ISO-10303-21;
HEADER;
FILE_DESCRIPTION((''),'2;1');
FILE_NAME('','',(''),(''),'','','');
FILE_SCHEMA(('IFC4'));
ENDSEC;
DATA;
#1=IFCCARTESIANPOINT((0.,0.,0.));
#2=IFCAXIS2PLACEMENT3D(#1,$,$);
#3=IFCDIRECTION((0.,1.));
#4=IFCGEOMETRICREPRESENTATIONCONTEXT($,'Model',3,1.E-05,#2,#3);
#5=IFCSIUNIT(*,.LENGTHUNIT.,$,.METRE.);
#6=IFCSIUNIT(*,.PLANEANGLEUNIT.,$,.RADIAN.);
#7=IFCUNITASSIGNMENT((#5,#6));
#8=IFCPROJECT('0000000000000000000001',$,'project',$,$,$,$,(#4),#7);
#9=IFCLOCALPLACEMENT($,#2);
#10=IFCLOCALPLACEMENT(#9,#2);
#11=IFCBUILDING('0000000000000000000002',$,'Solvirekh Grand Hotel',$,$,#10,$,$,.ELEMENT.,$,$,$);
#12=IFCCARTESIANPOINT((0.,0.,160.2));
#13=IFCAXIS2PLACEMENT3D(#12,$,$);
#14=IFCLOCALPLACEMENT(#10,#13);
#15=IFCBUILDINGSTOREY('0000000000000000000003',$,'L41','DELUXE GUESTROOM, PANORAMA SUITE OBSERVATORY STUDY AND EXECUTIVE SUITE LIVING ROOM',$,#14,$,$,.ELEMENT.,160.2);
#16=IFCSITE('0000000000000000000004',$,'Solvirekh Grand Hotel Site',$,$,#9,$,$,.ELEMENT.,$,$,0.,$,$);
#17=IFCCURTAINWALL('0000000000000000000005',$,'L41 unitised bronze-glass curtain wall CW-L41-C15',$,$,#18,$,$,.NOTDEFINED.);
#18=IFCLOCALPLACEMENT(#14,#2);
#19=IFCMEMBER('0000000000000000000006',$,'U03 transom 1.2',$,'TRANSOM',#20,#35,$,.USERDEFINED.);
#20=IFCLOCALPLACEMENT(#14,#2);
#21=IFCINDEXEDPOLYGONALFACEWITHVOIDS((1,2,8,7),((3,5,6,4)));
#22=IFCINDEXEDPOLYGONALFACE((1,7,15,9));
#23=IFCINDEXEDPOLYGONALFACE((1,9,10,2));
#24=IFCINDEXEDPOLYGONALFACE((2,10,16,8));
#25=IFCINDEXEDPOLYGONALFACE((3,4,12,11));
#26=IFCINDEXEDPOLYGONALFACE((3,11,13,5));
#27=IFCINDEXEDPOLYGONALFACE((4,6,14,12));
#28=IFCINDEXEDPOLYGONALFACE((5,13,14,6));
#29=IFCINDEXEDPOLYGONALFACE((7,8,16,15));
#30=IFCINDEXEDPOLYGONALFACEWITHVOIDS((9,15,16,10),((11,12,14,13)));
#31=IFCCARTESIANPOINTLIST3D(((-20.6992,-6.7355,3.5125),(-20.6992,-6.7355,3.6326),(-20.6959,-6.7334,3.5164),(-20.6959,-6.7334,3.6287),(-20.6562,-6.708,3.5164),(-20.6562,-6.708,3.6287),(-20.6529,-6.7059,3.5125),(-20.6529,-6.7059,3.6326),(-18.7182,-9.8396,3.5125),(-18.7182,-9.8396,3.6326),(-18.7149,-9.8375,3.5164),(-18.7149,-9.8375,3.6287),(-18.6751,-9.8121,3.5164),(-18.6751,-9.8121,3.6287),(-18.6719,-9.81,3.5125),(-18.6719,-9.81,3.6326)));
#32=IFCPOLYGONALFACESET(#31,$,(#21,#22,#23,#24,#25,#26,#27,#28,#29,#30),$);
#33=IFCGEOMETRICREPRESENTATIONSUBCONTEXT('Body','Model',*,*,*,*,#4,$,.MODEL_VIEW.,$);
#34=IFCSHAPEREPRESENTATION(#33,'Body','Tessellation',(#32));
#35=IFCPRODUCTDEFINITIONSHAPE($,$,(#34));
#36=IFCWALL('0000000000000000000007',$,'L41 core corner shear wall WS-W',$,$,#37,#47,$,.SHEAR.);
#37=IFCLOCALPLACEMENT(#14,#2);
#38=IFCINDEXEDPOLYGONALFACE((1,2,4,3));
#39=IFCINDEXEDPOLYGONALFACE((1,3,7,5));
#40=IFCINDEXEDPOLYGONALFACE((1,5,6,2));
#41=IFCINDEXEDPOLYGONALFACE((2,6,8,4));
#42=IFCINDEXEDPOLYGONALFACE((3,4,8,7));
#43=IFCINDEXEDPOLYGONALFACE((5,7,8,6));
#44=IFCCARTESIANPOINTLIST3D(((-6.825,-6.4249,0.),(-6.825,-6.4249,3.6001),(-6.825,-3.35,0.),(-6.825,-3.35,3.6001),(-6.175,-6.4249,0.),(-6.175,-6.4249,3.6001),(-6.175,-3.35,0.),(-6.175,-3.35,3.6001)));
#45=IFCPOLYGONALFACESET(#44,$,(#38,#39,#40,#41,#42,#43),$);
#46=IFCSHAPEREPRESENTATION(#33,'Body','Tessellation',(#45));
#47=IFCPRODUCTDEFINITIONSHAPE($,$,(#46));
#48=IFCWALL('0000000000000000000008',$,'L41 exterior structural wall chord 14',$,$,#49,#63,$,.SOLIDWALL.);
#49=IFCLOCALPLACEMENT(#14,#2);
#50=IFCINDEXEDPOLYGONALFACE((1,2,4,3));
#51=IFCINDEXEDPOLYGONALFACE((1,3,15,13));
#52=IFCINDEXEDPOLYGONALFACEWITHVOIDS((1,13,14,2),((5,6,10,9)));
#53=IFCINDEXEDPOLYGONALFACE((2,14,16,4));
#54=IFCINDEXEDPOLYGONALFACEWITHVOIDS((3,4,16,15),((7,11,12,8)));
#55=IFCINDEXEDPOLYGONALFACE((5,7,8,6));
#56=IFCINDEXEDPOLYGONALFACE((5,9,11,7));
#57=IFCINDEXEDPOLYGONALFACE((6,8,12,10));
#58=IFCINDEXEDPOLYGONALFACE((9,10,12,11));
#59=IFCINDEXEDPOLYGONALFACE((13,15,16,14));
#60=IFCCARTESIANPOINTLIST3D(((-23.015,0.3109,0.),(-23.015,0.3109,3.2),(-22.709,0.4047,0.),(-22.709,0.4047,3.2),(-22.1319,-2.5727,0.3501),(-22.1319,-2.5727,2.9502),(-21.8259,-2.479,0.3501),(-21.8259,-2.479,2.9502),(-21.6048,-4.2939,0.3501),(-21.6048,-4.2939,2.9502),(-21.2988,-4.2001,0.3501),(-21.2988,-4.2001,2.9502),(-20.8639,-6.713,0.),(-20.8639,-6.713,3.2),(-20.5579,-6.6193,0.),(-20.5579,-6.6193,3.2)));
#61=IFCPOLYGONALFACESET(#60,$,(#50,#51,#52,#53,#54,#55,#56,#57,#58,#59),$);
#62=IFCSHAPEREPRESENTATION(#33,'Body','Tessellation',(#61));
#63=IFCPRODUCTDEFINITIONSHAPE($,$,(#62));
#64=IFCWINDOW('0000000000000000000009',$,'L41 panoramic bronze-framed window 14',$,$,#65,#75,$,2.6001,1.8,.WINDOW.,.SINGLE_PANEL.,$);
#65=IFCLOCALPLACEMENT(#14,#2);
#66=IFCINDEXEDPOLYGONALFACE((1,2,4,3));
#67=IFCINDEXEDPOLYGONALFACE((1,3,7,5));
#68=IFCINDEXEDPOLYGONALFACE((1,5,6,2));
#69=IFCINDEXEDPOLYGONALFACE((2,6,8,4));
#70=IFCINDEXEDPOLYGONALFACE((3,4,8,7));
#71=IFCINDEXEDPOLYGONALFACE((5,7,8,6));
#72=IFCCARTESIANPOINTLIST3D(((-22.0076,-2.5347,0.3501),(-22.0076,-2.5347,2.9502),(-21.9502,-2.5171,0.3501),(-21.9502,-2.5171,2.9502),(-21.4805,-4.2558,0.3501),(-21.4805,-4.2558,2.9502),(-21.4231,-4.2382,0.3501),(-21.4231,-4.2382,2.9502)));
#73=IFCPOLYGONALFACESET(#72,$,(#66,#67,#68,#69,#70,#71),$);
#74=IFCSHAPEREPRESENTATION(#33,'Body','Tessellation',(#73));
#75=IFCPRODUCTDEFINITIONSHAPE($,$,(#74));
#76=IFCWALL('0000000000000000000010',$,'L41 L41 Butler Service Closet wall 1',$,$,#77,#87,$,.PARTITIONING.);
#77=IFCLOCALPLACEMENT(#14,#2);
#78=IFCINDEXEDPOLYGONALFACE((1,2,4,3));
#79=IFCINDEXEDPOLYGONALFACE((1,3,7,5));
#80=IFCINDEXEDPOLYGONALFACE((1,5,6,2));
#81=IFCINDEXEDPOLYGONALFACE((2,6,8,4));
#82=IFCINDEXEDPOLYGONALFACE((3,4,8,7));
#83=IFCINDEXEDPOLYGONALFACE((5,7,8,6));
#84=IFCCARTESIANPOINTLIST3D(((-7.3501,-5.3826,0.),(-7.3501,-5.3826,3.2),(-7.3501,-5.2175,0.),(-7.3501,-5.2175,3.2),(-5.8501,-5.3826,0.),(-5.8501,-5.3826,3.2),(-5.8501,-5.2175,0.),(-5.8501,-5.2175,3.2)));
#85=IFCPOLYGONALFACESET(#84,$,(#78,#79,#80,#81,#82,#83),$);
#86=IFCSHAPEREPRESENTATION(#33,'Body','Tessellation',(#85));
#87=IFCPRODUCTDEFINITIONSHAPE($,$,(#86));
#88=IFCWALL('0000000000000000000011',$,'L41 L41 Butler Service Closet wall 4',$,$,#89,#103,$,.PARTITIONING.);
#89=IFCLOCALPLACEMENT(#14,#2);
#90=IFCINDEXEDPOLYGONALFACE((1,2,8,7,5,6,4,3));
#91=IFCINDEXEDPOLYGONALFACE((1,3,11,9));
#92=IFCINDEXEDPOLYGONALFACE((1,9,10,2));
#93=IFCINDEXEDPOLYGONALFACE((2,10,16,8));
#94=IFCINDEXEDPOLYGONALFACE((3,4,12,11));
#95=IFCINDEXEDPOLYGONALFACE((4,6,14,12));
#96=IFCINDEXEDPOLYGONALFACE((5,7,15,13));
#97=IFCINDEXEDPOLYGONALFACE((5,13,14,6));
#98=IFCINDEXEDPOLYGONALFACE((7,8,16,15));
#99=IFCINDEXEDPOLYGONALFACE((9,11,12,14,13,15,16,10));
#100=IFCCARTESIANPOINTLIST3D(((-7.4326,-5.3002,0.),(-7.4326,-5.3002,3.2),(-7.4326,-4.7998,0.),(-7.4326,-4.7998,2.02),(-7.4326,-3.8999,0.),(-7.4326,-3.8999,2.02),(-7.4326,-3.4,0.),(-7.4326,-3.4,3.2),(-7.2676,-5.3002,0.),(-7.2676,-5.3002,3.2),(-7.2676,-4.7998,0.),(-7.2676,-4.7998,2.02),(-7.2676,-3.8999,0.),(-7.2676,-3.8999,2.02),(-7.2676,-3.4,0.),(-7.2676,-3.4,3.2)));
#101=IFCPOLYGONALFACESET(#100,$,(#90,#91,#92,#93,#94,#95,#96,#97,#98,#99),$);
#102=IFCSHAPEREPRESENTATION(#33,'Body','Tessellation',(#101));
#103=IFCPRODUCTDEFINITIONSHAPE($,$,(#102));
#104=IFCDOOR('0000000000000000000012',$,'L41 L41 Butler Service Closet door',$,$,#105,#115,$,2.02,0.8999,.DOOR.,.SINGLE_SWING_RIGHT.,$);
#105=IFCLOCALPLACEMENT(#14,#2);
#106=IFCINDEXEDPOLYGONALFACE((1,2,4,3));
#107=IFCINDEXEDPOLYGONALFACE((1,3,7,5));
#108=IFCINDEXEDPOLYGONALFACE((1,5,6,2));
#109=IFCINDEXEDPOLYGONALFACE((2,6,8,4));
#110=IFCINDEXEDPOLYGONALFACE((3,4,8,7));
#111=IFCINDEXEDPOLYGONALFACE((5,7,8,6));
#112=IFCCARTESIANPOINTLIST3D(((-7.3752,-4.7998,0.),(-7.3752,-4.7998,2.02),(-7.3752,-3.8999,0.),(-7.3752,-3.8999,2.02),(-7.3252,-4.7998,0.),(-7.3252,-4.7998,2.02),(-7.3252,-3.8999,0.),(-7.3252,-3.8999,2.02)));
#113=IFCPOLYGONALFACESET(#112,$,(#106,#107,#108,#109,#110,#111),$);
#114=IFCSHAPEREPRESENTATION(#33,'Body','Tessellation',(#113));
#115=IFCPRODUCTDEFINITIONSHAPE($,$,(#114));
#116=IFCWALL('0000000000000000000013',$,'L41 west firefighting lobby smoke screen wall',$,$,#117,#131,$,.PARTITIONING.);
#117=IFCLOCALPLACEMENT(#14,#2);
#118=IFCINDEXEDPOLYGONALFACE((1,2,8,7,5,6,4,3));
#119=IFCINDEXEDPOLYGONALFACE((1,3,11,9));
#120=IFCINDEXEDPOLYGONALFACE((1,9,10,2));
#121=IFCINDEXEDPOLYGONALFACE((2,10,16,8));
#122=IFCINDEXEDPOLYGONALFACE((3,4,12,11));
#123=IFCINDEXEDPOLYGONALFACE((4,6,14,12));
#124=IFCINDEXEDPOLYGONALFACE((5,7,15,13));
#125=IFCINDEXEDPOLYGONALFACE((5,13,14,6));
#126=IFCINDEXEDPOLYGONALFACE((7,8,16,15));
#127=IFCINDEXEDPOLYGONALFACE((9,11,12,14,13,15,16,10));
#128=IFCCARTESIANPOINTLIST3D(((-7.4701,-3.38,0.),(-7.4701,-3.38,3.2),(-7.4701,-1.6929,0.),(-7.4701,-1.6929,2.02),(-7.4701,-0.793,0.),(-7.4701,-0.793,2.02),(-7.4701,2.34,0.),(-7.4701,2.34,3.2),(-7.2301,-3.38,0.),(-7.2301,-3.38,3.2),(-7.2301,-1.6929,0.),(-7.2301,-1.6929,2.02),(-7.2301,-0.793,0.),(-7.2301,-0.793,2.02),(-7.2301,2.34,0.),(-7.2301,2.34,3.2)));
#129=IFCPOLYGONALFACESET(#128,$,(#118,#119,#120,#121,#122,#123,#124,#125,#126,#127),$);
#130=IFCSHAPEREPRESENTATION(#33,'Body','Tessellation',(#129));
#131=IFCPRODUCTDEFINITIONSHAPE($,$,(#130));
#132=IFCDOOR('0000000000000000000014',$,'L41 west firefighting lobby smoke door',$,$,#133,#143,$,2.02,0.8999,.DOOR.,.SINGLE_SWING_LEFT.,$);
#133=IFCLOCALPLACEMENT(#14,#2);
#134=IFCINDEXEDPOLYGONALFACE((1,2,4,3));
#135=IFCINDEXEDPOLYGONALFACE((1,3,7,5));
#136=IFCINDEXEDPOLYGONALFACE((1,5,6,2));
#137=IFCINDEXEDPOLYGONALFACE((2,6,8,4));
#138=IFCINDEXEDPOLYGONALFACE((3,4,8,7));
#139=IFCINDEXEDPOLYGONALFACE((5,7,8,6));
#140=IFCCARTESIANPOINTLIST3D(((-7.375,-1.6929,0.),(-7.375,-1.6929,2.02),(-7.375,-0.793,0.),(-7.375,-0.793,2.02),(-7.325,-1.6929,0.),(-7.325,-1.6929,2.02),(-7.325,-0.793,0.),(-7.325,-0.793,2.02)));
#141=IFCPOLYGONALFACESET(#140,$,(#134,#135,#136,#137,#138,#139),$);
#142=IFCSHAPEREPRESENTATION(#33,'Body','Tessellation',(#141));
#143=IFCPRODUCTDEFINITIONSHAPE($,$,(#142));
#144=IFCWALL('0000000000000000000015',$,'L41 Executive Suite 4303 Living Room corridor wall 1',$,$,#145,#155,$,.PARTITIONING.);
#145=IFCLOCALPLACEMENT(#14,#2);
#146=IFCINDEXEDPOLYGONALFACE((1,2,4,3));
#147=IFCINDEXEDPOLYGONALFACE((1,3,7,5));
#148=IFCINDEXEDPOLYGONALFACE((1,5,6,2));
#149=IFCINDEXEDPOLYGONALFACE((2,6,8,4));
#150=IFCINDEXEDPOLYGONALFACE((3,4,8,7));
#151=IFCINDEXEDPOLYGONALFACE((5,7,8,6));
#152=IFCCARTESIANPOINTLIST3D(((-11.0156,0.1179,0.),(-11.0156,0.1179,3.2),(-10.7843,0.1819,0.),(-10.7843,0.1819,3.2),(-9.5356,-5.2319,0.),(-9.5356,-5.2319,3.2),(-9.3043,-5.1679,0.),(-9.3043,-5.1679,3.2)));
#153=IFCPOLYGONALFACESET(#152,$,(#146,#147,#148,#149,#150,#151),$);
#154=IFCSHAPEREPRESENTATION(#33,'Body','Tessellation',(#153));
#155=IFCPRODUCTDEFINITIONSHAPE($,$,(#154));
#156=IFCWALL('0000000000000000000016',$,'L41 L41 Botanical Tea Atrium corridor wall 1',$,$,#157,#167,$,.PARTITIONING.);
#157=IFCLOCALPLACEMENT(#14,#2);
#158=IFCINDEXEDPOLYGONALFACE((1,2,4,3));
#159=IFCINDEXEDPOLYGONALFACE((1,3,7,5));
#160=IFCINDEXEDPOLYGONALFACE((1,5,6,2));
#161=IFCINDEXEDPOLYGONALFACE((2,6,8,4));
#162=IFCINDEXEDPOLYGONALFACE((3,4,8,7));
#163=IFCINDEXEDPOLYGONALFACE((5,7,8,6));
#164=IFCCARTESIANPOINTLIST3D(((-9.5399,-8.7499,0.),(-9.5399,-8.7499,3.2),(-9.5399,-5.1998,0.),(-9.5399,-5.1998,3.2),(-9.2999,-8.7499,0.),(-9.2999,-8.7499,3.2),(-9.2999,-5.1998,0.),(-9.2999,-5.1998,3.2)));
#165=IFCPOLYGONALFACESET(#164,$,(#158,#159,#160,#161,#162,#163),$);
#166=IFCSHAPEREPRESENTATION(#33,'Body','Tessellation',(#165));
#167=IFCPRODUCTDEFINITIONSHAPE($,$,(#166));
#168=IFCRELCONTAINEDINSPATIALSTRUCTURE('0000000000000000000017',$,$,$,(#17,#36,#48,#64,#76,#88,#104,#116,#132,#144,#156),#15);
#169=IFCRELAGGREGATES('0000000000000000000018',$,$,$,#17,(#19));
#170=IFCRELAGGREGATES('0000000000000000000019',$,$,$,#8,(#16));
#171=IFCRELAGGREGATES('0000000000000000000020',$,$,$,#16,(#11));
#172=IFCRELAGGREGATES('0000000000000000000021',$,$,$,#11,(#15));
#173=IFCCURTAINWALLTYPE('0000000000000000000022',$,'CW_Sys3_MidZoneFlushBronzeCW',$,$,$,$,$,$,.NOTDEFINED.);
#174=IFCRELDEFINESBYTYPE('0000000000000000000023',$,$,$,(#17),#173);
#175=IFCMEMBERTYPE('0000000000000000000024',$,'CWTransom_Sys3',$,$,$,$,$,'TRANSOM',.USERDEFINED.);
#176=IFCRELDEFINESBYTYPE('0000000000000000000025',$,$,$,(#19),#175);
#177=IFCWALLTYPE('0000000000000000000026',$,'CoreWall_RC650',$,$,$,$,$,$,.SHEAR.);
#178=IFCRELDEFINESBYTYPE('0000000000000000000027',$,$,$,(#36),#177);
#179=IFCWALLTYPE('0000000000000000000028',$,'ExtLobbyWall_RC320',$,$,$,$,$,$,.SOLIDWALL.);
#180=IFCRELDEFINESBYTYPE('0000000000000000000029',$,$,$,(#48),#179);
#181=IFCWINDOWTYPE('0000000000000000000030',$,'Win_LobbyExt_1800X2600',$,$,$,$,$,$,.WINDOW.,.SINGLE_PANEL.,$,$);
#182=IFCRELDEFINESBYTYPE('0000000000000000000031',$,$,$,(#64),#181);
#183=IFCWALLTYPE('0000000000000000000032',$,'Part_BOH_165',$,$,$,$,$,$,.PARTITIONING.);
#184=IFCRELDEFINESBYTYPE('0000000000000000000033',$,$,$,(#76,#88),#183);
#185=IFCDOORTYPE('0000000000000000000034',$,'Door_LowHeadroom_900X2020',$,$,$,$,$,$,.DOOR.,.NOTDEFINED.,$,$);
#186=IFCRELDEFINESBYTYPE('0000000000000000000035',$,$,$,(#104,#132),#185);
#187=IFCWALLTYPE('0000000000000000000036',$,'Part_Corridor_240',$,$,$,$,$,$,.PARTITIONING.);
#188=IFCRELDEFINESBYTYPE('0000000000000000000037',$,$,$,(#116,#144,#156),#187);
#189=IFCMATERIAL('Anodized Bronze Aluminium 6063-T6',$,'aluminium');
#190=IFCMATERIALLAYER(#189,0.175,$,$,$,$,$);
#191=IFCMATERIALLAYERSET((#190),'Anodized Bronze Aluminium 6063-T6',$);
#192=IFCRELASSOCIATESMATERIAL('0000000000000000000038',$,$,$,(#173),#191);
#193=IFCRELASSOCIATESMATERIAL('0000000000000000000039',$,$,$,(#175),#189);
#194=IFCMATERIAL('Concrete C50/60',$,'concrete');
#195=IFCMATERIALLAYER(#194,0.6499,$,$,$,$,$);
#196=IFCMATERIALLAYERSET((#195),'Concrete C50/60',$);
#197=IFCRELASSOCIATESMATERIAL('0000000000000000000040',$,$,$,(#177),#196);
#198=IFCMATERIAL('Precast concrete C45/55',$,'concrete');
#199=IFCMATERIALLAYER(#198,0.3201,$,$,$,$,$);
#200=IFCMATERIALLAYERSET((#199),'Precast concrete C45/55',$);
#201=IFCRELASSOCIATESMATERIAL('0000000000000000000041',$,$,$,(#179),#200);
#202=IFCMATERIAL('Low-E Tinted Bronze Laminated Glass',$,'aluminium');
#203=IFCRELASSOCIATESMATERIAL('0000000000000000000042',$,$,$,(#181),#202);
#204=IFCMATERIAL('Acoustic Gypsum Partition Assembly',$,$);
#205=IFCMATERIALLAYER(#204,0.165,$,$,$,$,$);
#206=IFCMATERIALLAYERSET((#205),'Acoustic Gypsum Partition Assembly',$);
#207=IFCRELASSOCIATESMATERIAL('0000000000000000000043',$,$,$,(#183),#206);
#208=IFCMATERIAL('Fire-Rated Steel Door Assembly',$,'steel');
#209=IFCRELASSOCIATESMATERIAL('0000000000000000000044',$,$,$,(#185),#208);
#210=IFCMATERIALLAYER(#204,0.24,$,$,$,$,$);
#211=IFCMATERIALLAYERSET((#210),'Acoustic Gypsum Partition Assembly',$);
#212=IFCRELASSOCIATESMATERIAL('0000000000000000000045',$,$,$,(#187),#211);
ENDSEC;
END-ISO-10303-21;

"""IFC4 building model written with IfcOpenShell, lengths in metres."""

from ifc_helpers import new_model, si_unit, direction, frame, frame_2d, origin, origin_2d, place, context, subcontext, project, spatial, rectangle, hollow_rectangle, extrude, source, transform, mapped, material, layer, layer_set, material_profile, profile_set, type_object, element, fill, aggregate, save


model = new_model("IFC4")

# Units and contexts
model_context = context("Model", 3, precision=1e-05, world=origin(), true_north=direction((0.0, 1.0)))
body_context = subcontext(model_context, "Body", "Model", "MODEL_VIEW")
ifc_project = project(units=[si_unit("LENGTHUNIT", "METRE"), si_unit("PLANEANGLEUNIT", "RADIAN")], contexts=[model_context])

# Site, building, storey
site_placement = place(None, origin())
site = spatial("IfcSite", under=ifc_project, at=site_placement, Name="Solvirekh Grand Hotel Site", CompositionType="ELEMENT", RefElevation=0.0)
building_placement = place(site_placement, origin())
building = spatial("IfcBuilding", under=site, at=building_placement, Name="Solvirekh Grand Hotel", CompositionType="ELEMENT")
storey_placement = place(building_placement, frame((0.0, 0.0, 160.2)))
storey = spatial("IfcBuildingStorey", under=building, at=storey_placement, Name="L41", Description="DELUXE GUESTROOM, PANORAMA SUITE OBSERVATORY STUDY AND EXECUTIVE SUITE LIVING ROOM", CompositionType="ELEMENT", Elevation=160.2)

# Shared definitions
ifc_material_1 = material(Name="Concrete C50/60", Category="concrete")

# Shared definitions
ifc_material_2 = material(Name="Anodized Bronze Aluminium 6063-T6", Category="aluminium")
ifc_layer_1 = layer(ifc_material_2, 0.175)
ifc_layer_set_1 = layer_set([ifc_layer_1], Name="Anodized Bronze Aluminium 6063-T6")
curtain_wall_type = type_object("IfcCurtainWallType", Name="CW_Sys3_MidZoneFlushBronzeCW", PredefinedType="NOTDEFINED", material=ifc_layer_set_1)

# Curtain wall, member
curtain_wall_1_placement = place(storey_placement, origin())
curtain_wall_1 = element("IfcCurtainWall", 1, at=curtain_wall_1_placement, inside=storey, type_object=curtain_wall_type, Name="L41 unitised bronze-glass curtain wall CW-L41-C15", PredefinedType="NOTDEFINED")
ifc_material_profile_1 = material_profile(ifc_material_2, hollow_rectangle(XDim=0.0549, YDim=0.1201, WallThickness=0.0039, at=origin_2d()), Name="ALU RHS 120X55X4")
ifc_profile_set_1 = profile_set([ifc_material_profile_1], Name="Anodized Bronze Aluminium 6063-T6")
member_type_1 = type_object("IfcMemberType", Name="CWTransom_Sys3", ElementType="TRANSOM", PredefinedType="USERDEFINED", material=ifc_profile_set_1)
shared_shape_1 = source(origin(), body_context, "Body", "SweptSolid", [
    extrude(hollow_rectangle(XDim=0.0549, YDim=0.1201, WallThickness=0.0039, at=origin_2d()), origin(), (0.0, 0.0, 1.0), 3.6824),
])
member_1_placement = place(storey_placement, frame((-20.676, -6.7207, 3.5725), z_axis=(0.537973, -0.842962, 0.0), x_axis=(0.842962, 0.537973, 0.0)))
member_1 = element("IfcMember", 2, at=member_1_placement, type_object=member_type_1, Name="U03 transom 1.2", ObjectType="TRANSOM", PredefinedType="USERDEFINED", context=body_context, shape_type="MappedRepresentation", body=[
    mapped(shared_shape_1, transform((0.0, 0.0, 0.0), x_axis=(1.0, 0.0, 0.0), y_axis=(0.0, 1.0, 0.0), z_axis=(0.0, 0.0, 1.0), scale=1.0)),
])
aggregate(curtain_wall_1, [member_1])

# Wall
ifc_layer_2 = layer(ifc_material_1, 0.6499)
ifc_layer_set_2 = layer_set([ifc_layer_2], Name="Concrete C50/60")
wall_type_1 = type_object("IfcWallType", Name="CoreWall_RC650", PredefinedType="SHEAR", material=ifc_layer_set_2)
wall_1_placement = place(storey_placement, frame((-6.5, -6.425, 0.0), z_axis=(0.0, 0.0, 1.0), x_axis=(0.0, 1.0, 0.0)))
element("IfcWall", 3, at=wall_1_placement, inside=storey, type_object=wall_type_1, Name="L41 core corner shear wall WS-W", PredefinedType="SHEAR", context=body_context, shape_type="SweptSolid", body=[
    extrude(rectangle(XDim=3.075, YDim=0.6499, at=frame_2d((1.5376, 0.0))), origin(), (0.0, 0.0, 1.0), 3.6001),
])

# Wall, opening, window
ifc_material_3 = material(Name="Precast concrete C45/55", Category="concrete")
ifc_layer_3 = layer(ifc_material_3, 0.3201)
ifc_layer_set_3 = layer_set([ifc_layer_3], Name="Precast concrete C45/55")
wall_type_2 = type_object("IfcWallType", Name="ExtLobbyWall_RC320", PredefinedType="SOLIDWALL", material=ifc_layer_set_3)
wall_2_placement = place(storey_placement, frame((-20.7109, -6.666, 0.0), z_axis=(0.0, 0.0, 1.0), x_axis=(-0.292831, 0.956164, 0.0)))
wall_2 = element("IfcWall", 4, at=wall_2_placement, inside=storey, type_object=wall_type_2, Name="L41 exterior structural wall chord 14", PredefinedType="SOLIDWALL", context=body_context, shape_type="SweptSolid", body=[
    extrude(rectangle(XDim=7.3459, YDim=0.3201, at=frame_2d((3.6729, 0.0))), origin(), (0.0, 0.0, 1.0), 3.2),
])
opening_1_placement = place(wall_2_placement, frame((2.53, 0.0, 0.3501)))
opening_1 = element("IfcOpeningElement", 5, at=opening_1_placement, cuts=wall_2, PredefinedType="OPENING", context=body_context, shape_type="SweptSolid", body=[
    extrude(rectangle(XDim=1.8, YDim=2.6001, at=frame_2d((0.8999, 1.3))), frame((0.0, 0.1699, 0.0), z_axis=(0.0, -1.0, 0.0), x_axis=(1.0, 0.0, 0.0)), (0.0, 0.0, 1.0), 0.3401),
])
ifc_material_4 = material(Name="Low-E Tinted Bronze Laminated Glass", Category="aluminium")
window_type = type_object("IfcWindowType", Name="Win_LobbyExt_1800X2600", PartitioningType="SINGLE_PANEL", PredefinedType="WINDOW", material=ifc_material_4)
window_placement = place(opening_1_placement, origin())
window = element("IfcWindow", 6, at=window_placement, inside=storey, type_object=window_type, Name="L41 panoramic bronze-framed window 14", OverallHeight=2.6001, OverallWidth=1.8, PartitioningType="SINGLE_PANEL", PredefinedType="WINDOW", context=body_context, shape_type="SweptSolid", body=[
    extrude(rectangle(XDim=1.8, YDim=2.6001, at=frame_2d((0.8999, 1.3))), frame((0.0, 0.03, 0.0), z_axis=(0.0, -1.0, 0.0), x_axis=(1.0, 0.0, 0.0)), (0.0, 0.0, 1.0), 0.0601),
])
fill(opening_1, window)

# Wall
ifc_material_5 = material(Name="Acoustic Gypsum Partition Assembly")
ifc_layer_4 = layer(ifc_material_5, 0.165)
ifc_layer_set_4 = layer_set([ifc_layer_4], Name="Acoustic Gypsum Partition Assembly")
wall_type_3 = type_object("IfcWallType", Name="Part_BOH_165", PredefinedType="PARTITIONING", material=ifc_layer_set_4)
wall_3_placement = place(storey_placement, frame((-7.3501, -5.3, 0.0), z_axis=(0.0, 0.0, 1.0), x_axis=(1.0, 0.0, 0.0)))
element("IfcWall", 7, at=wall_3_placement, inside=storey, type_object=wall_type_3, Name="L41 L41 Butler Service Closet wall 1", PredefinedType="PARTITIONING", context=body_context, shape_type="SweptSolid", body=[
    extrude(rectangle(XDim=1.5, YDim=0.165, at=frame_2d((0.75, 0.0))), origin(), (0.0, 0.0, 1.0), 3.2),
])

# Walls, openings, doors
wall_4_placement = place(storey_placement, frame((-7.3501, -3.3999, 0.0), z_axis=(0.0, 0.0, 1.0), x_axis=(0.0, -1.0, 0.0)))
wall_4 = element("IfcWall", 8, at=wall_4_placement, inside=storey, type_object=wall_type_3, Name="L41 L41 Butler Service Closet wall 4", PredefinedType="PARTITIONING", context=body_context, shape_type="SweptSolid", body=[
    extrude(rectangle(XDim=1.9001, YDim=0.165, at=frame_2d((0.9502, 0.0))), origin(), (0.0, 0.0, 1.0), 3.2),
])
opening_2_placement = place(wall_4_placement, frame((0.5, 0.0, 0.0)))
opening_2 = element("IfcOpeningElement", 9, at=opening_2_placement, cuts=wall_4, PredefinedType="OPENING", context=body_context, shape_type="SweptSolid", body=[
    extrude(rectangle(XDim=0.8999, YDim=2.02, at=frame_2d((0.45, 1.01))), frame((0.0, 0.0925, 0.0), z_axis=(0.0, -1.0, 0.0), x_axis=(1.0, 0.0, 0.0)), (0.0, 0.0, 1.0), 0.1851),
])
ifc_material_6 = material(Name="Fire-Rated Steel Door Assembly", Category="steel")
door_type_1 = type_object("IfcDoorType", Name="Door_LowHeadroom_900X2020", OperationType="NOTDEFINED", PredefinedType="DOOR", material=ifc_material_6)
door_1_placement = place(opening_2_placement, origin())
door_1 = element("IfcDoor", 10, at=door_1_placement, inside=storey, type_object=door_type_1, Name="L41 L41 Butler Service Closet door", OperationType="SINGLE_SWING_RIGHT", OverallHeight=2.02, OverallWidth=0.8999, PredefinedType="DOOR", context=body_context, shape_type="SweptSolid", body=[
    extrude(rectangle(XDim=0.8999, YDim=2.02, at=frame_2d((0.45, 1.01))), frame((0.0, 0.0249, 0.0), z_axis=(0.0, -1.0, 0.0), x_axis=(1.0, 0.0, 0.0)), (0.0, 0.0, 1.0), 0.05),
])
fill(opening_2, door_1)
ifc_layer_5 = layer(ifc_material_5, 0.24)
ifc_layer_set_5 = layer_set([ifc_layer_5], Name="Acoustic Gypsum Partition Assembly")
wall_type_4 = type_object("IfcWallType", Name="Part_Corridor_240", PredefinedType="PARTITIONING", material=ifc_layer_set_5)
wall_5_placement = place(storey_placement, frame((-7.3501, -3.3799, 0.0), z_axis=(0.0, 0.0, 1.0), x_axis=(0.0, 1.0, 0.0)))
wall_5 = element("IfcWall", 11, at=wall_5_placement, inside=storey, type_object=wall_type_4, Name="L41 west firefighting lobby smoke screen wall", PredefinedType="PARTITIONING", context=body_context, shape_type="SweptSolid", body=[
    extrude(rectangle(XDim=5.72, YDim=0.24, at=frame_2d((2.8599, 0.0))), origin(), (0.0, 0.0, 1.0), 3.2),
])
opening_3_placement = place(wall_5_placement, frame((1.687, 0.0, 0.0)))
opening_3 = element("IfcOpeningElement", 12, at=opening_3_placement, cuts=wall_5, PredefinedType="OPENING", context=body_context, shape_type="SweptSolid", body=[
    extrude(rectangle(XDim=0.8999, YDim=2.02, at=frame_2d((0.45, 1.01))), frame((0.0, 0.1299, 0.0), z_axis=(0.0, -1.0, 0.0), x_axis=(1.0, 0.0, 0.0)), (0.0, 0.0, 1.0), 0.26),
])
door_2_placement = place(opening_3_placement, origin())
door_2 = element("IfcDoor", 13, at=door_2_placement, inside=storey, type_object=door_type_1, Name="L41 west firefighting lobby smoke door", OperationType="SINGLE_SWING_LEFT", OverallHeight=2.02, OverallWidth=0.8999, PredefinedType="DOOR", context=body_context, shape_type="SweptSolid", body=[
    extrude(rectangle(XDim=0.8999, YDim=2.02, at=frame_2d((0.45, 1.01))), frame((0.0, 0.0249, 0.0), z_axis=(0.0, -1.0, 0.0), x_axis=(1.0, 0.0, 0.0)), (0.0, 0.0, 1.0), 0.05),
])
fill(opening_3, door_2)

# Walls
wall_6_placement = place(storey_placement, frame((-10.8999, 0.1499, 0.0), z_axis=(0.0, 0.0, 1.0), x_axis=(0.266625, -0.9638, 0.0)))
element("IfcWall", 14, at=wall_6_placement, inside=storey, type_object=wall_type_4, Name="L41 Executive Suite 4303 Living Room corridor wall 1", PredefinedType="PARTITIONING", context=body_context, shape_type="SweptSolid", body=[
    extrude(rectangle(XDim=5.5508, YDim=0.24, at=frame_2d((2.7754, 0.0))), origin(), (0.0, 0.0, 1.0), 3.2),
])
wall_7_placement = place(storey_placement, frame((-9.4199, -5.2, 0.0), z_axis=(0.0, 0.0, 1.0), x_axis=(0.0, -1.0, 0.0)))
element("IfcWall", 15, at=wall_7_placement, inside=storey, type_object=wall_type_4, Name="L41 L41 Botanical Tea Atrium corridor wall 1", PredefinedType="PARTITIONING", context=body_context, shape_type="SweptSolid", body=[
    extrude(rectangle(XDim=3.55, YDim=0.24, at=frame_2d((1.7749, 0.0))), origin(), (0.0, 0.0, 1.0), 3.2),
])

save(model, "model.ifc")
